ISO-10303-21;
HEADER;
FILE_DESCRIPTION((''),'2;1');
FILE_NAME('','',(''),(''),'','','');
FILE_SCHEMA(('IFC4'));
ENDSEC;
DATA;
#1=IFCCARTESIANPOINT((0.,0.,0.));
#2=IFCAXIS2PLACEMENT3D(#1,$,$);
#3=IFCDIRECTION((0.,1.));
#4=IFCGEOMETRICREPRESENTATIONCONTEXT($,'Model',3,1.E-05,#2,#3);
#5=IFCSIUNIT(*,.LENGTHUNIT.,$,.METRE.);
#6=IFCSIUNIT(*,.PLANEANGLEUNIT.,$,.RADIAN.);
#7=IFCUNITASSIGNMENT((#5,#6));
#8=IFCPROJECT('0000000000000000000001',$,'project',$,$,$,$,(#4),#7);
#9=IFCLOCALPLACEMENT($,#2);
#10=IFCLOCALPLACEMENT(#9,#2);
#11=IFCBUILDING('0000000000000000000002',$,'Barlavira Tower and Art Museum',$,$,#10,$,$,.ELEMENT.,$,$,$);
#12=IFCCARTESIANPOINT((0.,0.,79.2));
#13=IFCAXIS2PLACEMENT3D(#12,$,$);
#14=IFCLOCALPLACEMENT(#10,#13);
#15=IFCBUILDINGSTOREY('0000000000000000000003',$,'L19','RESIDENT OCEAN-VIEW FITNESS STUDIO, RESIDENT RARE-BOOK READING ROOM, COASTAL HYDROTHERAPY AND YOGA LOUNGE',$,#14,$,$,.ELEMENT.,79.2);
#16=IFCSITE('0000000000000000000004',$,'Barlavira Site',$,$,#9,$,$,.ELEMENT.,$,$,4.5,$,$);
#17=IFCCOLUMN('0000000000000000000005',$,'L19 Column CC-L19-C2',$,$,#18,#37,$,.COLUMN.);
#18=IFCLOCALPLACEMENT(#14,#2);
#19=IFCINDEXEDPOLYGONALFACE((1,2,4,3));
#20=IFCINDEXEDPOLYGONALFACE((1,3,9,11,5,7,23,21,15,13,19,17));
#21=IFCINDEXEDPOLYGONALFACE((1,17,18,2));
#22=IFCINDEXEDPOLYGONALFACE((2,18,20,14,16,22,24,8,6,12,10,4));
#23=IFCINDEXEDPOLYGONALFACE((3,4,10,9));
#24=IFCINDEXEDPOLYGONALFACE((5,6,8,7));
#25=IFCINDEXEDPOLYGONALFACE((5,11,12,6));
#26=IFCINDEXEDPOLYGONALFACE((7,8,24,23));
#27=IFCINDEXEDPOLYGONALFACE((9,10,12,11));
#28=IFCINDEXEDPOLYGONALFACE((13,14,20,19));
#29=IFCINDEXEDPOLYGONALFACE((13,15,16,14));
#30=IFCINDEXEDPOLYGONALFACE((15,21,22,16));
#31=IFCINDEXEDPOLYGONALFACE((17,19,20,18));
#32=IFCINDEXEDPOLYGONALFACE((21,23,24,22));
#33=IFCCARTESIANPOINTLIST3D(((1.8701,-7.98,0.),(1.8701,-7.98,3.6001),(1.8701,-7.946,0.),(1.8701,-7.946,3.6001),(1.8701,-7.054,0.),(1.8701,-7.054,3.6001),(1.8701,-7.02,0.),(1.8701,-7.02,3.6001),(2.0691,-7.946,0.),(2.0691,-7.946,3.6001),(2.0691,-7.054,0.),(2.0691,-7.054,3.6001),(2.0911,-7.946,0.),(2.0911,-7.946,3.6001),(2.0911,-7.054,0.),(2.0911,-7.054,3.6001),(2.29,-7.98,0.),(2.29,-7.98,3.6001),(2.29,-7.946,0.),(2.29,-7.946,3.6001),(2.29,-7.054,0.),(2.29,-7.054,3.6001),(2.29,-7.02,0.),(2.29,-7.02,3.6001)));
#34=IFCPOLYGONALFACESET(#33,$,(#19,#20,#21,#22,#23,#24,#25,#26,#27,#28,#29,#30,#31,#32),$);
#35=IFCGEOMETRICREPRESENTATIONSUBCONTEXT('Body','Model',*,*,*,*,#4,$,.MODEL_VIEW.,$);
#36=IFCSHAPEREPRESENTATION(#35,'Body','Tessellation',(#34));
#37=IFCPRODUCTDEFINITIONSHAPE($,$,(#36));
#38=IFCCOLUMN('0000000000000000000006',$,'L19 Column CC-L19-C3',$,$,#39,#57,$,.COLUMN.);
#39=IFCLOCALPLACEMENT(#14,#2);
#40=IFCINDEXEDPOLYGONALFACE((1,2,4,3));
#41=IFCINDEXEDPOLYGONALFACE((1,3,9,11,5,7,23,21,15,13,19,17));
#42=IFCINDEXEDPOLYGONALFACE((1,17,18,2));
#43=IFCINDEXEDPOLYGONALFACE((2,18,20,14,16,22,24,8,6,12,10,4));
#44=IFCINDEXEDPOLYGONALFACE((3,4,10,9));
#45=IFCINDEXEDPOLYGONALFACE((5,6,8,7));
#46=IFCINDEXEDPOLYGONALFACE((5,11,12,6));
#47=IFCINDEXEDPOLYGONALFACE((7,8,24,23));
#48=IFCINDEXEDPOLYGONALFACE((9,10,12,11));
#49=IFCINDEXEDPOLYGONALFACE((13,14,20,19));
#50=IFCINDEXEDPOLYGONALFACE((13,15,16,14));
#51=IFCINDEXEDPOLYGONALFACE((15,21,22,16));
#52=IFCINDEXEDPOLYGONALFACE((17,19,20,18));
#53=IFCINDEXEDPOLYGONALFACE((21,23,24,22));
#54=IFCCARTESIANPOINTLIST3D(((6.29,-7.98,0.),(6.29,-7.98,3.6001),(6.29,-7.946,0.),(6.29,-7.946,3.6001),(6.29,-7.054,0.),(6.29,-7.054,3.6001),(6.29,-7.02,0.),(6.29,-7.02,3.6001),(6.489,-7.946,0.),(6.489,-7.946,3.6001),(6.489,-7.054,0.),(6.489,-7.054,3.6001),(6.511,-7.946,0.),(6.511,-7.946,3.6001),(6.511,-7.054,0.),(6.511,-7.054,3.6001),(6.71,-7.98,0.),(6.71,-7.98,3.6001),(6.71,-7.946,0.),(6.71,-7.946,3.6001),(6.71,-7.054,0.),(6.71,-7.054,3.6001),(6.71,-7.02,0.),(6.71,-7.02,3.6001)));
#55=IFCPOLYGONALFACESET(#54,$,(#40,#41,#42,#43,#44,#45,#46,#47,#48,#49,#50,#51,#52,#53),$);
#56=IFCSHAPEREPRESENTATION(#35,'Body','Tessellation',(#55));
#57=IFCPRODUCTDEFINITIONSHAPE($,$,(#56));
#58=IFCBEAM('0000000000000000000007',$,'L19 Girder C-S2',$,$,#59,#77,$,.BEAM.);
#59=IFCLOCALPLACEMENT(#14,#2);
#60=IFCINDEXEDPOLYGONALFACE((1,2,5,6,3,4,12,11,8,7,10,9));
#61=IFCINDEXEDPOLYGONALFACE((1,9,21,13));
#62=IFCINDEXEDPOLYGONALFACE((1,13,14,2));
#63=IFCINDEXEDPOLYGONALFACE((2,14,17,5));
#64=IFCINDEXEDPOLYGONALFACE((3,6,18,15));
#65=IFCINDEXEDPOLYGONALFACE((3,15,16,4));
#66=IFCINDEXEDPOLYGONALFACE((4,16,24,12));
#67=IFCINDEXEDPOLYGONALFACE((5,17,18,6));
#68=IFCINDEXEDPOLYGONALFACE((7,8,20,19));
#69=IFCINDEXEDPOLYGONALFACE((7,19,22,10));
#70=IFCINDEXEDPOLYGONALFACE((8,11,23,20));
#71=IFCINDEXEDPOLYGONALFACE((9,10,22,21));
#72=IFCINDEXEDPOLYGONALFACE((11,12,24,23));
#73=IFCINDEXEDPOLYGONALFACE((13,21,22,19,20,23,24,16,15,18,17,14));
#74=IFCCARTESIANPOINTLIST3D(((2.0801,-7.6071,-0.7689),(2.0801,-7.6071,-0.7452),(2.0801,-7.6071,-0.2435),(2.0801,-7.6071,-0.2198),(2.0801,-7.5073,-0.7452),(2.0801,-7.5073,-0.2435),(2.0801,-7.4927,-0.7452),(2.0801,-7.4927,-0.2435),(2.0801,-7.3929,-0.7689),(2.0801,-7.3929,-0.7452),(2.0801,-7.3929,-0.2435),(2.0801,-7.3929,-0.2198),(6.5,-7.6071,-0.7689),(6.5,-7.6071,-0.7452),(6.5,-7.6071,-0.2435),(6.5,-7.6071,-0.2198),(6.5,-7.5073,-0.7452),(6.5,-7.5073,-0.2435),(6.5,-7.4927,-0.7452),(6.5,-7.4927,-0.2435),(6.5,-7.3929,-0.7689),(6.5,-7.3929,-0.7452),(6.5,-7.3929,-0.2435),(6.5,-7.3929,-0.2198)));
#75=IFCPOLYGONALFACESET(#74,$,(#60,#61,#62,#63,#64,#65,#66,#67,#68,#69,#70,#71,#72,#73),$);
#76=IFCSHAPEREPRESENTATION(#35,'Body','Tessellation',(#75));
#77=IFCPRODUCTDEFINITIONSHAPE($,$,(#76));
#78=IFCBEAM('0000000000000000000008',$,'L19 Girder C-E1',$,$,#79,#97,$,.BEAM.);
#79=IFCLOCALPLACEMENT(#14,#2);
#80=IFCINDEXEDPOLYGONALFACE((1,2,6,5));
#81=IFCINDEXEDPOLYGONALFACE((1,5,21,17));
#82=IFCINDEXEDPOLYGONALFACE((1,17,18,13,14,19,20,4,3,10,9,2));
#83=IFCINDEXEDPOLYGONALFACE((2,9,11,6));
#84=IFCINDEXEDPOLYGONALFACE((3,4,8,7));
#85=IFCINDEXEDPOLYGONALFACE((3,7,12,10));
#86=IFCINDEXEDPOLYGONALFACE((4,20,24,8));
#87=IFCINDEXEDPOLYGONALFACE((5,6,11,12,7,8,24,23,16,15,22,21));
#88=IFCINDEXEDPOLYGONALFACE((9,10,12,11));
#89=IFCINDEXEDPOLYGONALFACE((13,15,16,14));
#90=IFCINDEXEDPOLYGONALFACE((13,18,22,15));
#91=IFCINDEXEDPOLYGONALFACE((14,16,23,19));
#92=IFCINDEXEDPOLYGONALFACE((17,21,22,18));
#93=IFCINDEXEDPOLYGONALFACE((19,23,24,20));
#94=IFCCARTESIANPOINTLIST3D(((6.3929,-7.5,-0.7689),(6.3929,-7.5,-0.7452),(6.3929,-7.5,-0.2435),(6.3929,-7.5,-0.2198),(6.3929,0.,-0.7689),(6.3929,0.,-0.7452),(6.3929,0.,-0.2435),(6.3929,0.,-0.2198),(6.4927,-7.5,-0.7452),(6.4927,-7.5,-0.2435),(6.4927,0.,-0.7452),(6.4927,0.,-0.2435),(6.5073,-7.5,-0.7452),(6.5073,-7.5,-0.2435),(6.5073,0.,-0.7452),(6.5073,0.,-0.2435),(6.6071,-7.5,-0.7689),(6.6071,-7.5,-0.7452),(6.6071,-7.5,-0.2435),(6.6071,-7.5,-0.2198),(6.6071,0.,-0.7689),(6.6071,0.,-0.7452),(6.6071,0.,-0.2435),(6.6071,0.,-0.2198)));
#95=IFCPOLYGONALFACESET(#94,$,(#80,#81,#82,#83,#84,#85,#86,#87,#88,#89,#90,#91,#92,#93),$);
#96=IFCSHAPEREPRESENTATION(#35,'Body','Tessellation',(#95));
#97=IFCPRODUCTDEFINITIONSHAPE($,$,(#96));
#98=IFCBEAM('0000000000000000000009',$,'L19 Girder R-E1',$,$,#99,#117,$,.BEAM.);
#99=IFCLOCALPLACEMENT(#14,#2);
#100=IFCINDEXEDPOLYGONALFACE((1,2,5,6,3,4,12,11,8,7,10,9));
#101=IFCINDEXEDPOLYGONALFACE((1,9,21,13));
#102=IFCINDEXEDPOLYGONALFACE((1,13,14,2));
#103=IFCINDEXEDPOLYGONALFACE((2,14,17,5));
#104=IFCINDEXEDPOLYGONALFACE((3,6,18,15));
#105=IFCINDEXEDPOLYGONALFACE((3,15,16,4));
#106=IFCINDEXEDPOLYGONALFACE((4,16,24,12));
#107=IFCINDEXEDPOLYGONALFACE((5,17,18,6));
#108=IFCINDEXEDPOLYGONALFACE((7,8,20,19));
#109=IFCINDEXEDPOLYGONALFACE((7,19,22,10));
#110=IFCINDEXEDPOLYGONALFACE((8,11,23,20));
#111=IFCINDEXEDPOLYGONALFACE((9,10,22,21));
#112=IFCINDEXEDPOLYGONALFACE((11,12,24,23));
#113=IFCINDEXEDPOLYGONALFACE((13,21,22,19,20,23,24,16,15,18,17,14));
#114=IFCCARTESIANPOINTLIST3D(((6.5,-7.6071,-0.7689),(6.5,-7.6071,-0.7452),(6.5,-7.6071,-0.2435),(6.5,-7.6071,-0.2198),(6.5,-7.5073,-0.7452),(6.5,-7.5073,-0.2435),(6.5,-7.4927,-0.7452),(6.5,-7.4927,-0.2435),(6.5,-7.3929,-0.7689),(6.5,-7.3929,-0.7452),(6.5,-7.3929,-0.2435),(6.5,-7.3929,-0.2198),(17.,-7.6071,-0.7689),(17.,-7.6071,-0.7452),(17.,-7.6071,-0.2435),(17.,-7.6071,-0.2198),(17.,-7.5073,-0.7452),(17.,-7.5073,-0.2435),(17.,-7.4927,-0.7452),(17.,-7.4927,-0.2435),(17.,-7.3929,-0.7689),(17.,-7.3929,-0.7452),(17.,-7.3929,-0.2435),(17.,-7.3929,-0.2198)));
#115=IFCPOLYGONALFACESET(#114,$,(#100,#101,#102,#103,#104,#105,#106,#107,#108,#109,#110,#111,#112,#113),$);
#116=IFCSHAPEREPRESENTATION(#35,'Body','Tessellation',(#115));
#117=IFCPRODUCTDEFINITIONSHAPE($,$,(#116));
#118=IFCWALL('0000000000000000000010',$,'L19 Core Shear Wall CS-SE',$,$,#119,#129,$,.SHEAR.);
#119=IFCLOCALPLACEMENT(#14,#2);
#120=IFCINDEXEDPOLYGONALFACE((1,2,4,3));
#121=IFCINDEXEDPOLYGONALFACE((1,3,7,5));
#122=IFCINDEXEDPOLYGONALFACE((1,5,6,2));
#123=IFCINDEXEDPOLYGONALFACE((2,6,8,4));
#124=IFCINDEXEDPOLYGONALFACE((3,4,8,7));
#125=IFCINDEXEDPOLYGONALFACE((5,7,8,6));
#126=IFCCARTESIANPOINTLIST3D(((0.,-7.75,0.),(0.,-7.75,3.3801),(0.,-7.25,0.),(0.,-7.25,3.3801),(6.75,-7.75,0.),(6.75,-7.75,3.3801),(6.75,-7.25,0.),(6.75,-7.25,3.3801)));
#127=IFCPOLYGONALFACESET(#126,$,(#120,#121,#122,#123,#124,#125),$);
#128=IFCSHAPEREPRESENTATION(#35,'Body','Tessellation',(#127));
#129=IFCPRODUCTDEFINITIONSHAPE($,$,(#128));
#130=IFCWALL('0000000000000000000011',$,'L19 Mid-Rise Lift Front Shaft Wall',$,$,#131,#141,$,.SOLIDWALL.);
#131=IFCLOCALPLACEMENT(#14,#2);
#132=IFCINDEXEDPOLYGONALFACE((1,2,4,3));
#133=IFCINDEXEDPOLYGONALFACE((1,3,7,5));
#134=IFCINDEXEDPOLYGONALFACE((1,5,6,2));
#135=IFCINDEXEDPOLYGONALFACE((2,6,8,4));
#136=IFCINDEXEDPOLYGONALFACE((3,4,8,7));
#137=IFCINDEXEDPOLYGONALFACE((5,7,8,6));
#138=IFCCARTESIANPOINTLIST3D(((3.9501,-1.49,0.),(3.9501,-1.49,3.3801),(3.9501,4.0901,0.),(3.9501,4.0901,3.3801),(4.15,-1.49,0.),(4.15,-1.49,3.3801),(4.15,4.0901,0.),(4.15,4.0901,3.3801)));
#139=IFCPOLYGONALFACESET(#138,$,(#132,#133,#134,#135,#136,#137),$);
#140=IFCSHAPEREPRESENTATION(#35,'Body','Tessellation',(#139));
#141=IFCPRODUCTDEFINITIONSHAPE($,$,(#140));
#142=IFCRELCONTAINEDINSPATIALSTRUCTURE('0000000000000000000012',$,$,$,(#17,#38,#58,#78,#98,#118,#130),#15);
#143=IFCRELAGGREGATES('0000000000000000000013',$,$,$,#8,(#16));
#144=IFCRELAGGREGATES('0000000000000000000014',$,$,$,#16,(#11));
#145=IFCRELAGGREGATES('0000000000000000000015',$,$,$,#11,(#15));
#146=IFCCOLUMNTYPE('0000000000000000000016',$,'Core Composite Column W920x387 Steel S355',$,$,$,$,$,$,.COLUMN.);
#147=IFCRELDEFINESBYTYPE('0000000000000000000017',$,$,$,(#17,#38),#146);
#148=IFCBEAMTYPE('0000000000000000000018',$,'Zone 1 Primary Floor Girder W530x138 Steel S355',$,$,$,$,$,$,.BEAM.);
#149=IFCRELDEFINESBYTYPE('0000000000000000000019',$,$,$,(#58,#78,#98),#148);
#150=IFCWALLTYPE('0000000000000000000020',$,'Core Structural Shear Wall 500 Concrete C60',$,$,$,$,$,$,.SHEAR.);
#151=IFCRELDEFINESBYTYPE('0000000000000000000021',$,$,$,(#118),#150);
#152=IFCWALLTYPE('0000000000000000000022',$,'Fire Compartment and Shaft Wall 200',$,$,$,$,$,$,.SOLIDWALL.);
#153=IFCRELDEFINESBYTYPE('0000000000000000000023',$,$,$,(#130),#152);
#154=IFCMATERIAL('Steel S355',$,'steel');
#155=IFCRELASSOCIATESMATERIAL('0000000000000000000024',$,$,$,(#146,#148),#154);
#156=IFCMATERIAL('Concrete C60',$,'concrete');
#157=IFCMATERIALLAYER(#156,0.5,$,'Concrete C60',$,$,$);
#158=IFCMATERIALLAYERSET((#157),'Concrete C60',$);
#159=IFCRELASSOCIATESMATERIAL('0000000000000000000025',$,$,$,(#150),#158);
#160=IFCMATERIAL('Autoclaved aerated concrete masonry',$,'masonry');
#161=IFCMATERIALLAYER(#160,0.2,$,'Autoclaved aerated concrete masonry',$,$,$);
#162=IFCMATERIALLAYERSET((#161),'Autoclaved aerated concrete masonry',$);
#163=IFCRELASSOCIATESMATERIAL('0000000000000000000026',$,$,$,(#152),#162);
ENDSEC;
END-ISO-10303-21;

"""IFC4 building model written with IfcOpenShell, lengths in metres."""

from ifc_helpers import new_model, si_unit, direction, frame, frame_2d, origin, origin_2d, place, context, subcontext, project, spatial, rectangle, i_section, extrude, material, layer, layer_set, material_profile, profile_set, type_object, element, save


model = new_model("IFC4")

# Units and contexts
model_context = context("Model", 3, precision=1e-05, world=origin(), true_north=direction((0.0, 1.0)))
body_context = subcontext(model_context, "Body", "Model", "MODEL_VIEW")
ifc_project = project(units=[si_unit("LENGTHUNIT", "METRE"), si_unit("PLANEANGLEUNIT", "RADIAN")], contexts=[model_context])

# Site, building, storey
site_placement = place(None, origin())
site = spatial("IfcSite", under=ifc_project, at=site_placement, Name="Barlavira Site", CompositionType="ELEMENT", RefElevation=4.5)
building_placement = place(site_placement, origin())
building = spatial("IfcBuilding", under=site, at=building_placement, Name="Barlavira Tower and Art Museum", CompositionType="ELEMENT")
storey_placement = place(building_placement, frame((0.0, 0.0, 79.2)))
storey = spatial("IfcBuildingStorey", under=building, at=storey_placement, Name="L19", Description="RESIDENT OCEAN-VIEW FITNESS STUDIO, RESIDENT RARE-BOOK READING ROOM, COASTAL HYDROTHERAPY AND YOGA LOUNGE", CompositionType="ELEMENT", Elevation=79.2)

# Columns
ifc_material_1 = material(Name="Steel S355", Category="steel")
ifc_material_profile_1 = material_profile(ifc_material_1, i_section(OverallWidth=0.4199, OverallDepth=0.96, WebThickness=0.022, FlangeThickness=0.0339, at=origin_2d()), Name="W920x387.0")
ifc_profile_set_1 = profile_set([ifc_material_profile_1], Name="Steel S355")
column_type = type_object("IfcColumnType", Name="Core Composite Column W920x387 Steel S355", PredefinedType="COLUMN", material=ifc_profile_set_1)
for number, where, z_axis, x_axis, name in (
    (1, (2.0801, -7.5, 0.0), (0.0, 0.0, 1.0), (1.0, 0.0, 0.0), "L19 Column CC-L19-C2"),
    (2, (6.5, -7.5, 0.0), (0.0, 0.0, 1.0), (1.0, 0.0, 0.0), "L19 Column CC-L19-C3"),
):
    element("IfcColumn", number, at=place(storey_placement, frame(where, z_axis=z_axis, x_axis=x_axis)), inside=storey, type_object=column_type, Name=name, PredefinedType="COLUMN", context=body_context, shape_type="SweptSolid", body=[
        extrude(i_section(OverallWidth=0.4199, OverallDepth=0.96, WebThickness=0.022, FlangeThickness=0.0339, at=origin_2d()), origin(), (0.0, 0.0, 1.0), 3.6001),
    ])

# Beams
ifc_material_profile_2 = material_profile(ifc_material_1, i_section(OverallWidth=0.2141, OverallDepth=0.5491, WebThickness=0.0146, FlangeThickness=0.0237, at=origin_2d()), Name="W530x138.0")
ifc_profile_set_2 = profile_set([ifc_material_profile_2], Name="Steel S355")
beam_type = type_object("IfcBeamType", Name="Zone 1 Primary Floor Girder W530x138 Steel S355", PredefinedType="BEAM", material=ifc_profile_set_2)
beam_1_placement = place(storey_placement, frame((2.0801, -7.5, -0.4944), z_axis=(1.0, 0.0, 0.0), x_axis=(0.0, 1.0, 0.0)))
element("IfcBeam", 3, at=beam_1_placement, inside=storey, type_object=beam_type, Name="L19 Girder C-S2", PredefinedType="BEAM", context=body_context, shape_type="SweptSolid", body=[
    extrude(i_section(OverallWidth=0.2141, OverallDepth=0.5491, WebThickness=0.0146, FlangeThickness=0.0237, at=origin_2d()), origin(), (0.0, 0.0, 1.0), 4.4199),
])
beam_2_placement = place(storey_placement, frame((6.5, -7.5, -0.4944), z_axis=(0.0, 1.0, 0.0), x_axis=(-1.0, 0.0, 0.0)))
element("IfcBeam", 4, at=beam_2_placement, inside=storey, type_object=beam_type, Name="L19 Girder C-E1", PredefinedType="BEAM", context=body_context, shape_type="SweptSolid", body=[
    extrude(i_section(OverallWidth=0.2141, OverallDepth=0.5491, WebThickness=0.0146, FlangeThickness=0.0237, at=origin_2d()), origin(), (0.0, 0.0, 1.0), 7.5),
])
beam_3_placement = place(storey_placement, frame((6.5, -7.5, -0.4944), z_axis=(1.0, 0.0, 0.0), x_axis=(0.0, 1.0, 0.0)))
element("IfcBeam", 5, at=beam_3_placement, inside=storey, type_object=beam_type, Name="L19 Girder R-E1", PredefinedType="BEAM", context=body_context, shape_type="SweptSolid", body=[
    extrude(i_section(OverallWidth=0.2141, OverallDepth=0.5491, WebThickness=0.0146, FlangeThickness=0.0237, at=origin_2d()), origin(), (0.0, 0.0, 1.0), 10.5),
])

# Wall
ifc_material_2 = material(Name="Concrete C60", Category="concrete")
ifc_layer_1 = layer(ifc_material_2, 0.5, Name="Concrete C60")
ifc_layer_set_1 = layer_set([ifc_layer_1], Name="Concrete C60")
wall_type_1 = type_object("IfcWallType", Name="Core Structural Shear Wall 500 Concrete C60", PredefinedType="SHEAR", material=ifc_layer_set_1)
wall_1_placement = place(storey_placement, frame((0.0, -7.5, 0.0), z_axis=(0.0, 0.0, 1.0), x_axis=(1.0, 0.0, 0.0)))
element("IfcWall", 6, at=wall_1_placement, inside=storey, type_object=wall_type_1, Name="L19 Core Shear Wall CS-SE", PredefinedType="SHEAR", context=body_context, shape_type="SweptSolid", body=[
    extrude(rectangle(XDim=6.75, YDim=0.5, at=frame_2d((3.375, 0.0))), origin(), (0.0, 0.0, 1.0), 3.3801),
])

# Wall
ifc_material_3 = material(Name="Autoclaved aerated concrete masonry", Category="masonry")
ifc_layer_2 = layer(ifc_material_3, 0.2, Name="Autoclaved aerated concrete masonry")
ifc_layer_set_2 = layer_set([ifc_layer_2], Name="Autoclaved aerated concrete masonry")
wall_type_2 = type_object("IfcWallType", Name="Fire Compartment and Shaft Wall 200", PredefinedType="SOLIDWALL", material=ifc_layer_set_2)
wall_2_placement = place(storey_placement, frame((4.05, -1.49, 0.0), z_axis=(0.0, 0.0, 1.0), x_axis=(0.0, 1.0, 0.0)))
element("IfcWall", 7, at=wall_2_placement, inside=storey, type_object=wall_type_2, Name="L19 Mid-Rise Lift Front Shaft Wall", PredefinedType="SOLIDWALL", context=body_context, shape_type="SweptSolid", body=[
    extrude(rectangle(XDim=5.5801, YDim=0.2, at=frame_2d((2.79, 0.0))), origin(), (0.0, 0.0, 1.0), 3.3801),
])

save(model, "model.ifc")
